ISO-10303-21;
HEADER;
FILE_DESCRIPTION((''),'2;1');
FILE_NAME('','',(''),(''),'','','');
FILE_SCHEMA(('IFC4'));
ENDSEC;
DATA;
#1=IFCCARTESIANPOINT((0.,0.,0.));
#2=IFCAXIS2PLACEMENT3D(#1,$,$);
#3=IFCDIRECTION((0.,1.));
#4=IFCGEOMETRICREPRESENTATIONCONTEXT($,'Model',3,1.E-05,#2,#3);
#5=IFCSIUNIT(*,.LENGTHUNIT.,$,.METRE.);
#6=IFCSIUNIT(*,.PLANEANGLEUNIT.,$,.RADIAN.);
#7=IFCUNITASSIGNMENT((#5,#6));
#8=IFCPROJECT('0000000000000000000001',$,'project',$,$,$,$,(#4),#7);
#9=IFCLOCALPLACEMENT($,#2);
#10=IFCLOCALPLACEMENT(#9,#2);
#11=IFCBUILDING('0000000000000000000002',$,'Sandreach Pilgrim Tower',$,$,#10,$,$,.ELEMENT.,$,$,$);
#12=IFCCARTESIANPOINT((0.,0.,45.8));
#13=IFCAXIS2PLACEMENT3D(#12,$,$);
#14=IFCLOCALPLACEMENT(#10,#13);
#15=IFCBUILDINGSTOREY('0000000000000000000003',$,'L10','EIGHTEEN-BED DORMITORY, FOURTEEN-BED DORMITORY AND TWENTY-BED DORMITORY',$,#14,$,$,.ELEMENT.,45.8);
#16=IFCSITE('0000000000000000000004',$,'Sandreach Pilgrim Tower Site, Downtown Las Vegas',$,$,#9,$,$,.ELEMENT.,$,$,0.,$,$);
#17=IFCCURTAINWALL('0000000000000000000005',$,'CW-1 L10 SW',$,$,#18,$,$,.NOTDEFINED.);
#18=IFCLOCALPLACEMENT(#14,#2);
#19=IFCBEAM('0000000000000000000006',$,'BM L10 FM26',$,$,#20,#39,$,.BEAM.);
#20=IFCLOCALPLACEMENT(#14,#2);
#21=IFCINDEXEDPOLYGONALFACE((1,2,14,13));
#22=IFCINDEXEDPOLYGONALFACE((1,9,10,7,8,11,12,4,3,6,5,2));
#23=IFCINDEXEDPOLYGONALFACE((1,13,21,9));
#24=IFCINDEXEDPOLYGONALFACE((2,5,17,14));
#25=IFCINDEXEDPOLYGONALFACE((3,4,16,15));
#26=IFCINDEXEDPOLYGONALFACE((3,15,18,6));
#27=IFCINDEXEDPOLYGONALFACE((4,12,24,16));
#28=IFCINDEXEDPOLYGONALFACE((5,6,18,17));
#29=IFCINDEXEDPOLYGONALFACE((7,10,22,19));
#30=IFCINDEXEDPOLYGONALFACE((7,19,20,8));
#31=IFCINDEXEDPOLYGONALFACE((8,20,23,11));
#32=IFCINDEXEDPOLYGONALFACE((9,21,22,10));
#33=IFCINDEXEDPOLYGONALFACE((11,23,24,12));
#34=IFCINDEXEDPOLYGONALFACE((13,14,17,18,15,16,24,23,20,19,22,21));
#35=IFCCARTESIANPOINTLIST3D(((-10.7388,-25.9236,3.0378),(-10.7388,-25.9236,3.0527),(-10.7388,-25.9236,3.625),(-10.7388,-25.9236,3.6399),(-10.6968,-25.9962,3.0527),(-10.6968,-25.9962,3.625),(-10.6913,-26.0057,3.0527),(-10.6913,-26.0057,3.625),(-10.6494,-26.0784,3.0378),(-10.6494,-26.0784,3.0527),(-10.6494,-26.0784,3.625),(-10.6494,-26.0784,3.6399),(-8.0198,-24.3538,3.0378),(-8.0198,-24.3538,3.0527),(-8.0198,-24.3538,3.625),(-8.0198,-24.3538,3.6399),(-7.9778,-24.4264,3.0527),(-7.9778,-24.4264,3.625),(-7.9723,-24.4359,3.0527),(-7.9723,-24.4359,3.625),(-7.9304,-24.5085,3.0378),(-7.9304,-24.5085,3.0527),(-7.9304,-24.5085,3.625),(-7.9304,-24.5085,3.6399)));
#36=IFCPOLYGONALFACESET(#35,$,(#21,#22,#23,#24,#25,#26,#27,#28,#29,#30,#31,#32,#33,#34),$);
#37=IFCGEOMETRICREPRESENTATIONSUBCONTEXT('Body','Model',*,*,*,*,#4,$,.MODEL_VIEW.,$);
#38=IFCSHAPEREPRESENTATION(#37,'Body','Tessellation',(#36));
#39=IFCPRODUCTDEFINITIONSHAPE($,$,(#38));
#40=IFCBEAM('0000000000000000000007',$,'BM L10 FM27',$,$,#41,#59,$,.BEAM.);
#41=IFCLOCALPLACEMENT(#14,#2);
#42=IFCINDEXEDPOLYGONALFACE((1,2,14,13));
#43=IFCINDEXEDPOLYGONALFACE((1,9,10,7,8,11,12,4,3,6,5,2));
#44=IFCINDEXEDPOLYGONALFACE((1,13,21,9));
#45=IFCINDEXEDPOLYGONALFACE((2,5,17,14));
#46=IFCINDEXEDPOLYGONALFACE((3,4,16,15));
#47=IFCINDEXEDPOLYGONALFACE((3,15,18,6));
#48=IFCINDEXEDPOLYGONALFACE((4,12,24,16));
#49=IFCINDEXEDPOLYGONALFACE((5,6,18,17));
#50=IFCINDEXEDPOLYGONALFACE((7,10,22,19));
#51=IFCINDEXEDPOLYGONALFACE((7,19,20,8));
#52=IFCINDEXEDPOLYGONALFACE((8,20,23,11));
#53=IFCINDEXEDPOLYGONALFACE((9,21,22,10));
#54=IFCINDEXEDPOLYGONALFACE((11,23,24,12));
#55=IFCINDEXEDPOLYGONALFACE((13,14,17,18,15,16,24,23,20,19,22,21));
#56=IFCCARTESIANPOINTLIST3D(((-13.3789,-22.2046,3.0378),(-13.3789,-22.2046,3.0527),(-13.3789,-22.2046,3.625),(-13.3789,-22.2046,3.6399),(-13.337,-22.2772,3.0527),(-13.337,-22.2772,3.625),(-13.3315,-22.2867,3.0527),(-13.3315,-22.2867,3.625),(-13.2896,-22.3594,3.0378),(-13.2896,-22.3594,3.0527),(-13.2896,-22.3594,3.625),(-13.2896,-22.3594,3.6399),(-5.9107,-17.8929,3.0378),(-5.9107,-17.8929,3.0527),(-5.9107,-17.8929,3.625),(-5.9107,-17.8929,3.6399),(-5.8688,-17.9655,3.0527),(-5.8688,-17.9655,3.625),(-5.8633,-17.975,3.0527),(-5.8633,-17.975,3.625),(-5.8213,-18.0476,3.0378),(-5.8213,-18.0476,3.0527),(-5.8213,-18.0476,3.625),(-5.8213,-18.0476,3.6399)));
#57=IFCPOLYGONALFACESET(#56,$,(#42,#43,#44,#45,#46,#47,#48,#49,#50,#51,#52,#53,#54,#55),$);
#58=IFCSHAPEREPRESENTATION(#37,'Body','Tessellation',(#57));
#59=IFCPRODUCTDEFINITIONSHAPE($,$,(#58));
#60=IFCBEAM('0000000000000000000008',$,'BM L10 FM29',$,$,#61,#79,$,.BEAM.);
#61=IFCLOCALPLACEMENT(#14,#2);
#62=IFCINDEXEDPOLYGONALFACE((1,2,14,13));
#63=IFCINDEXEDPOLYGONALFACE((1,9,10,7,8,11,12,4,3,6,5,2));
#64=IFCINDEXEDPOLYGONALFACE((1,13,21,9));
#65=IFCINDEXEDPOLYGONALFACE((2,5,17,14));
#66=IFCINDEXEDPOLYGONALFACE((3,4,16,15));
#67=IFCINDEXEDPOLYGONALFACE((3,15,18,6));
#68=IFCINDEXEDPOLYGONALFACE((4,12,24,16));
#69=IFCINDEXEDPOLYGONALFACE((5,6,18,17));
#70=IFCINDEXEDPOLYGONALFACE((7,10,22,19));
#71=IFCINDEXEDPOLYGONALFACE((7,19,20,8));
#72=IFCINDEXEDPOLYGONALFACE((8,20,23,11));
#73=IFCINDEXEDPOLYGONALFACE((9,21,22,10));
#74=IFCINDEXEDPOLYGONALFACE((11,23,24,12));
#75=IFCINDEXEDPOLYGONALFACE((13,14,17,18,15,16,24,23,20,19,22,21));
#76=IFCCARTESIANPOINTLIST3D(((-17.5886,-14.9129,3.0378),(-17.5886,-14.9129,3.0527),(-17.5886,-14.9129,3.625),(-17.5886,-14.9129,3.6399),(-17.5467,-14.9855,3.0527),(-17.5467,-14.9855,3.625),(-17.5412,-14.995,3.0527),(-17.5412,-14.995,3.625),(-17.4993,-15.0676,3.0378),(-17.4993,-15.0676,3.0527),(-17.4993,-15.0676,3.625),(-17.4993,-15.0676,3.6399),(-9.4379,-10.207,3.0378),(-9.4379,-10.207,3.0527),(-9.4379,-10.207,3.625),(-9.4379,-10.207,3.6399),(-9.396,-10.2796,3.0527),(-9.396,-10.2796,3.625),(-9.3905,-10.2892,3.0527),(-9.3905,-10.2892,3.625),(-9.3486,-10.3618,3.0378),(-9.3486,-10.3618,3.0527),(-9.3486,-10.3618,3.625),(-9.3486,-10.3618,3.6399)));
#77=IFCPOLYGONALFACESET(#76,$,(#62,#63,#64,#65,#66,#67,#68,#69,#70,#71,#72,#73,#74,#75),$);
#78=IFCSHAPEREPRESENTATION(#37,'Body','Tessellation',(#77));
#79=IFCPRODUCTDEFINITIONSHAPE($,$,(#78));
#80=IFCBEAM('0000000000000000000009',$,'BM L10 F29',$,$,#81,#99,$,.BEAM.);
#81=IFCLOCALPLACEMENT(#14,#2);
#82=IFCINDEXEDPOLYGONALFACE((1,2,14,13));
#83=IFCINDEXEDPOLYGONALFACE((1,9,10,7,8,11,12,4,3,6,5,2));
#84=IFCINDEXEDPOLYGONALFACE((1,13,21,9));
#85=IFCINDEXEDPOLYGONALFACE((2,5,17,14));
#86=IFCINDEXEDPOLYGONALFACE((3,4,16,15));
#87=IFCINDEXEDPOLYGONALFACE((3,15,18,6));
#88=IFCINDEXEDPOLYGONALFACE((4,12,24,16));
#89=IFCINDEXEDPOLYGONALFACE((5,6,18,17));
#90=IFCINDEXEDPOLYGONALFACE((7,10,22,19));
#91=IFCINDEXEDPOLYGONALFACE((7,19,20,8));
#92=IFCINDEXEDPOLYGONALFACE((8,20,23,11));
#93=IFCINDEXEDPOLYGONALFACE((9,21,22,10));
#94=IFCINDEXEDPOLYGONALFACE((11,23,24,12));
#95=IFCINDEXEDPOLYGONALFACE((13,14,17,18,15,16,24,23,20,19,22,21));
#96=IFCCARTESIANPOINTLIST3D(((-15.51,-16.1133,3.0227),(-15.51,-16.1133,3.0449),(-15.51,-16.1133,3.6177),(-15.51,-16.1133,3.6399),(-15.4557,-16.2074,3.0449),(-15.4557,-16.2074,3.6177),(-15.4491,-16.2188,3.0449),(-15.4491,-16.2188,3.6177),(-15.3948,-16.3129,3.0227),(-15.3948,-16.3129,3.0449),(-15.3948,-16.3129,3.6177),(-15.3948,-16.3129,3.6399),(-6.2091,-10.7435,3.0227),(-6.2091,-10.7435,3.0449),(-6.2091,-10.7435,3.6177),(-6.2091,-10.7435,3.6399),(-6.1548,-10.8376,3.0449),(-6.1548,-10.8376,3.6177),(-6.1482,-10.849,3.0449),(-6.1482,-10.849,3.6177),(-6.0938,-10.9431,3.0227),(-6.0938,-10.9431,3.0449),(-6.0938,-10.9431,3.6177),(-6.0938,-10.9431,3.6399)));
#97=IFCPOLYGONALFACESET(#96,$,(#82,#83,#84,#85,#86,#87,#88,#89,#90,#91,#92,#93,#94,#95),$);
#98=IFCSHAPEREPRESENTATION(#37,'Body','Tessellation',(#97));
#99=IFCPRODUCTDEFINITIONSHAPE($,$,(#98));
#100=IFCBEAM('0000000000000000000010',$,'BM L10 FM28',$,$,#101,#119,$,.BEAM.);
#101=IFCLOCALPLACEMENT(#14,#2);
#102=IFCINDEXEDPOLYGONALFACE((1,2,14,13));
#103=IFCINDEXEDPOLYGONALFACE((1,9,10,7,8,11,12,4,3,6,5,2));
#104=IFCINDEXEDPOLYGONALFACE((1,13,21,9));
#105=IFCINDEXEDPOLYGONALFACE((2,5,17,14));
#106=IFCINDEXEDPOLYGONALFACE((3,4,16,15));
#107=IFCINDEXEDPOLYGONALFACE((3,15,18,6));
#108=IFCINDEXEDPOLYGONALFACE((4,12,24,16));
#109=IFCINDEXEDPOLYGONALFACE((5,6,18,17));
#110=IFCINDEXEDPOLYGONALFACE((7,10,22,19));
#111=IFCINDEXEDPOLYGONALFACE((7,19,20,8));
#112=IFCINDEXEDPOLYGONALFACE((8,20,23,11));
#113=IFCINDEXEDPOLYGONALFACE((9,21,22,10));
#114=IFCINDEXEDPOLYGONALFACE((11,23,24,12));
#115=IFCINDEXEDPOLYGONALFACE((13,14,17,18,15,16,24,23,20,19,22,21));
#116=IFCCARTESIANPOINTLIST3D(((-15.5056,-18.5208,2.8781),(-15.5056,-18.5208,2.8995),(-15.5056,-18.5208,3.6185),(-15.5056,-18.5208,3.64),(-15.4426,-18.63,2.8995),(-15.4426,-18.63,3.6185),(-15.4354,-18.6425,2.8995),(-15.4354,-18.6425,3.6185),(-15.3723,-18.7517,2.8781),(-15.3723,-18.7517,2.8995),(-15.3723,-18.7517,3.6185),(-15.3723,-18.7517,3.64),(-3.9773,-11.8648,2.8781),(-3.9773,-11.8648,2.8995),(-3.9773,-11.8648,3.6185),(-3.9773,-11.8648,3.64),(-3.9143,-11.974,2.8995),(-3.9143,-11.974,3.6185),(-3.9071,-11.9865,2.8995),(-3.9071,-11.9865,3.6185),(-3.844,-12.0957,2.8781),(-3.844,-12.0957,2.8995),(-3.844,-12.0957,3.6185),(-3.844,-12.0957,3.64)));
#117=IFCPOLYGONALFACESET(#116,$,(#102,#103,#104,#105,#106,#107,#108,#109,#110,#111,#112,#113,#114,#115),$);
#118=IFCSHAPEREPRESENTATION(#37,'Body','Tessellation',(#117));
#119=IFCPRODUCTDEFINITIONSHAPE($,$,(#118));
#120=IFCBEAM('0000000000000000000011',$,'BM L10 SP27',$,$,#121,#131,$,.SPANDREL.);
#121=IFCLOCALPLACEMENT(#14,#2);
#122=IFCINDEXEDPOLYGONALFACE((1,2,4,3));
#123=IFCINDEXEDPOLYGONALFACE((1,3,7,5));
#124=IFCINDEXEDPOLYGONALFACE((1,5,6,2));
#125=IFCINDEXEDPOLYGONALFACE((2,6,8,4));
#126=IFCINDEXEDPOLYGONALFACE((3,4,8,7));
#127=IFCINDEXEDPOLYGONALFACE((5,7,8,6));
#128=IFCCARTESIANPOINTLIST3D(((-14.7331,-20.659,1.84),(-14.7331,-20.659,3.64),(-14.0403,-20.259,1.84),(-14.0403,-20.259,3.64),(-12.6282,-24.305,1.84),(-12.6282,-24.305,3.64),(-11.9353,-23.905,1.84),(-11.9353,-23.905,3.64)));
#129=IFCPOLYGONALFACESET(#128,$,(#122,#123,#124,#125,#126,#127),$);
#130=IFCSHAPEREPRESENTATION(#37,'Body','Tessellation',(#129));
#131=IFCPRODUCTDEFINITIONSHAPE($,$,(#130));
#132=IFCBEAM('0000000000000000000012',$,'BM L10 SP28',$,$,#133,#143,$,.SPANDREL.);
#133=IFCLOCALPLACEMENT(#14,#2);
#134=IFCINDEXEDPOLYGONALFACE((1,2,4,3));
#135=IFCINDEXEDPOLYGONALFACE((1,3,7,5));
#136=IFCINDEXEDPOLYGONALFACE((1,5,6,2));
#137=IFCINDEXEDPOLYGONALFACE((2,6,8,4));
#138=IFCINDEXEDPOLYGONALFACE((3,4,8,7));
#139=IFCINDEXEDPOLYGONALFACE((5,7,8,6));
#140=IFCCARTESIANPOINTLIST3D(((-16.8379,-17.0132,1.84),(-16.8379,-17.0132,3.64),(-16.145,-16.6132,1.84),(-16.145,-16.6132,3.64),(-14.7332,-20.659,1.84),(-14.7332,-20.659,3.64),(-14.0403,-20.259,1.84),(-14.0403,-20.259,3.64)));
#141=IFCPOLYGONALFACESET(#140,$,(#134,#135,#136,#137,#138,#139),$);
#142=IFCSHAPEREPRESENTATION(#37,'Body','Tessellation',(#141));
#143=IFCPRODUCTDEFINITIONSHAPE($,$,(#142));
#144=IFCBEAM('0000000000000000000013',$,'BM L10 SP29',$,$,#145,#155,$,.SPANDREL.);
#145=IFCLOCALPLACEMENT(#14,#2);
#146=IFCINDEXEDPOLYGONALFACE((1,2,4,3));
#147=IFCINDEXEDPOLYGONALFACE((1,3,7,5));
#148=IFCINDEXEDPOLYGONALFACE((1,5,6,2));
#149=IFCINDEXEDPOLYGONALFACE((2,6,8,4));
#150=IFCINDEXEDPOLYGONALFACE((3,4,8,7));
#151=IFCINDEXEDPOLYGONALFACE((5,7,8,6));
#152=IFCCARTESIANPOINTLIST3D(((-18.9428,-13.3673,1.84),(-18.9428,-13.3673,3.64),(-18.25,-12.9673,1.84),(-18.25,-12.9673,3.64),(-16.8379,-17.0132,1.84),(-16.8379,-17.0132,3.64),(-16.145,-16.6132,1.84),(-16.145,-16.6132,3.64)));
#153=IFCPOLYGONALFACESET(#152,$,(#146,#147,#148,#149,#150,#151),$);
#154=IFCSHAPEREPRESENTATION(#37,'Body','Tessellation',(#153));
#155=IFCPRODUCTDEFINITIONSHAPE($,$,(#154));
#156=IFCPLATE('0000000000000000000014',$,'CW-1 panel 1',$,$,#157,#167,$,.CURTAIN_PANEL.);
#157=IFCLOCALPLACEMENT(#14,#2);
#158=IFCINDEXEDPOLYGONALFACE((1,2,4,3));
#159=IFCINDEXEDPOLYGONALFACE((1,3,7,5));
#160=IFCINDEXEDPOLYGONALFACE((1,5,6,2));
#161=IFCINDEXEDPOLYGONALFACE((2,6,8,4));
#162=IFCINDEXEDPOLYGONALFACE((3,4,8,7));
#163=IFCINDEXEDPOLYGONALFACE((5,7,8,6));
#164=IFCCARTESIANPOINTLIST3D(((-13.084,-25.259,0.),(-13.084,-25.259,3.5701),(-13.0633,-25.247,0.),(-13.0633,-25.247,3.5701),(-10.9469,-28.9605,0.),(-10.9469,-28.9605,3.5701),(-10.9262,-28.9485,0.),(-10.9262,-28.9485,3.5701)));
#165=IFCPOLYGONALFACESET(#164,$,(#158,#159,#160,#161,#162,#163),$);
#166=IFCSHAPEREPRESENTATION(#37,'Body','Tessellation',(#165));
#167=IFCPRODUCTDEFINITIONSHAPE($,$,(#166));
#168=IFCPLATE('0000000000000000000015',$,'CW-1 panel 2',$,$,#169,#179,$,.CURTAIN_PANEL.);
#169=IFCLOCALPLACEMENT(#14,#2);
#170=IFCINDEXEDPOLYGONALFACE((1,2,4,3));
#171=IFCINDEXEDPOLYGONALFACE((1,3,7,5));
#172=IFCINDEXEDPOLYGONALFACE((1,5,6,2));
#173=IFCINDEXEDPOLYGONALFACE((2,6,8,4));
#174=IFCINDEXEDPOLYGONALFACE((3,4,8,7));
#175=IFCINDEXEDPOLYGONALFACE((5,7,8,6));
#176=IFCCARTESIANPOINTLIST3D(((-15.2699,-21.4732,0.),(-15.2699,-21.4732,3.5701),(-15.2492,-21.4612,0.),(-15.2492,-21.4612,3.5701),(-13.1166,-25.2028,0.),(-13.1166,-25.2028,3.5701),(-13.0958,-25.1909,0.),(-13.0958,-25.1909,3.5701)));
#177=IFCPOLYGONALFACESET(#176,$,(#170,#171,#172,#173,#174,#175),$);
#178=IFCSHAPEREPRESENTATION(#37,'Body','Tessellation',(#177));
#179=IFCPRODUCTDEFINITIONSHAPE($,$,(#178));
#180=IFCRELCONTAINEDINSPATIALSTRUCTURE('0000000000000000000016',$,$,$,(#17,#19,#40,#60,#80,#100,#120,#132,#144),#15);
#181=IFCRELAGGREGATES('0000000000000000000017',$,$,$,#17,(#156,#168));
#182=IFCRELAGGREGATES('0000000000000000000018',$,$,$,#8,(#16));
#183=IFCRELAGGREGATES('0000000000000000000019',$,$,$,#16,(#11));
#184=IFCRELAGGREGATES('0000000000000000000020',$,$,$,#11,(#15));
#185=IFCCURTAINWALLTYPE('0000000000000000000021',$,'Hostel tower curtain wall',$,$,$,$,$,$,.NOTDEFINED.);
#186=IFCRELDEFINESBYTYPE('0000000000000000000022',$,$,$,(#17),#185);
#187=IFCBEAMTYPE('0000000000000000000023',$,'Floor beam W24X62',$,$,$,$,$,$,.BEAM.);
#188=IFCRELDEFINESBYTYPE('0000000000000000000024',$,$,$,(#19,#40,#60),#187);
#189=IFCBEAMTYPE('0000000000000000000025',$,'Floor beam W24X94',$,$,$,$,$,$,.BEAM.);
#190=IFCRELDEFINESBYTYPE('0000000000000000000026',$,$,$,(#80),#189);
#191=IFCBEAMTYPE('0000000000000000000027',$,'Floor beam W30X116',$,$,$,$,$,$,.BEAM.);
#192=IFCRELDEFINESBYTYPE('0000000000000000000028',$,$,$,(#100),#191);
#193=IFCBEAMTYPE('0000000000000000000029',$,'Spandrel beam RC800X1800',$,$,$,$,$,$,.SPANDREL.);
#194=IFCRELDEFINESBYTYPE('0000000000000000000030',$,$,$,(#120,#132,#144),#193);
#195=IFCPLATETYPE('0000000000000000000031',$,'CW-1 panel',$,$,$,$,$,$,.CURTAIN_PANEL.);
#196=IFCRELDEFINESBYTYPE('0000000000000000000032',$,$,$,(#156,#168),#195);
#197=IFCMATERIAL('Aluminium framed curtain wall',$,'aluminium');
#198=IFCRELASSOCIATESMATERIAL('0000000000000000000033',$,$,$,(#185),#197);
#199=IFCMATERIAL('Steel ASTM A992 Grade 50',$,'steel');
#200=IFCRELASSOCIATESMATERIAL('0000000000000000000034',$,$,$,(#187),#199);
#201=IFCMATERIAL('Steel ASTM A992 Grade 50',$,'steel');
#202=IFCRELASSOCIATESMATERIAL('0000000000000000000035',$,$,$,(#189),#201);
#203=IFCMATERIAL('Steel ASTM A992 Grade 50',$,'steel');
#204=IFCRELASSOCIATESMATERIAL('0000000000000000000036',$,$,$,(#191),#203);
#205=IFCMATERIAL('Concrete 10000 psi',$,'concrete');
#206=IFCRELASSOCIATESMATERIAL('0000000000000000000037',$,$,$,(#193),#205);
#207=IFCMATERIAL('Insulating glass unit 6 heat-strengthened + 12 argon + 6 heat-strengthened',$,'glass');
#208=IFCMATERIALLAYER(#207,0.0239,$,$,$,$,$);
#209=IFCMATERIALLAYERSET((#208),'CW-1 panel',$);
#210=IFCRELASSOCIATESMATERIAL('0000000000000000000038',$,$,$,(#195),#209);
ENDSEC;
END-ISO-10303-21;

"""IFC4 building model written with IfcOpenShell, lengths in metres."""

from ifc_helpers import new_model, si_unit, direction, frame, origin, origin_2d, place, context, subcontext, project, spatial, rectangle, i_section, extrude, material, layer, layer_set, material_profile, profile_set, type_object, element, aggregate, save


model = new_model("IFC4")

# Units and contexts
model_context = context("Model", 3, precision=1e-05, world=origin(), true_north=direction((0.0, 1.0)))
body_context = subcontext(model_context, "Body", "Model", "MODEL_VIEW")
ifc_project = project(units=[si_unit("LENGTHUNIT", "METRE"), si_unit("PLANEANGLEUNIT", "RADIAN")], contexts=[model_context])

# Site, building, storey
site_placement = place(None, origin())
site = spatial("IfcSite", under=ifc_project, at=site_placement, Name="Sandreach Pilgrim Tower Site, Downtown Las Vegas", CompositionType="ELEMENT", RefElevation=0.0)
building_placement = place(site_placement, origin())
building = spatial("IfcBuilding", under=site, at=building_placement, Name="Sandreach Pilgrim Tower", CompositionType="ELEMENT")
storey_placement = place(building_placement, frame((0.0, 0.0, 45.8)))
storey = spatial("IfcBuildingStorey", under=building, at=storey_placement, Name="L10", Description="EIGHTEEN-BED DORMITORY, FOURTEEN-BED DORMITORY AND TWENTY-BED DORMITORY", CompositionType="ELEMENT", Elevation=45.8)

# Curtain wall
ifc_material_1 = material(Name="Aluminium framed curtain wall", Category="aluminium")
curtain_wall_type = type_object("IfcCurtainWallType", Name="Hostel tower curtain wall", PredefinedType="NOTDEFINED", material=ifc_material_1)
curtain_wall_placement = place(storey_placement, origin())
curtain_wall = element("IfcCurtainWall", 1, at=curtain_wall_placement, inside=storey, type_object=curtain_wall_type, Name="CW-1 L10 SW", PredefinedType="NOTDEFINED")

# Beams
ifc_material_2 = material(Name="Steel ASTM A992 Grade 50", Category="steel")
ifc_material_profile_1 = material_profile(ifc_material_2, i_section(OverallWidth=0.1787, OverallDepth=0.6021, WebThickness=0.011, FlangeThickness=0.0149, at=origin_2d()), Name="W24X62")
ifc_profile_set_1 = profile_set([ifc_material_profile_1], Name="Steel ASTM A992 Grade 50")
beam_type_1 = type_object("IfcBeamType", Name="Floor beam W24X62", PredefinedType="BEAM", material=ifc_profile_set_1)
beam_1_placement = place(storey_placement, frame((-10.6941, -26.001, 3.3389), z_axis=(0.866024, 0.500003, 0.0), x_axis=(-0.500003, 0.866024, 0.0)))
element("IfcBeam", 2, at=beam_1_placement, inside=storey, type_object=beam_type_1, Name="BM L10 FM26", PredefinedType="BEAM", context=body_context, shape_type="SweptSolid", body=[
    extrude(i_section(OverallWidth=0.1787, OverallDepth=0.6021, WebThickness=0.011, FlangeThickness=0.0149, at=origin_2d()), origin(), (0.0, 0.0, 1.0), 3.1396),
])
beam_2_placement = place(storey_placement, frame((-13.3342, -22.282, 3.3389), z_axis=(0.866027, 0.499997, 0.0), x_axis=(-0.499997, 0.866027, 0.0)))
element("IfcBeam", 3, at=beam_2_placement, inside=storey, type_object=beam_type_1, Name="BM L10 FM27", PredefinedType="BEAM", context=body_context, shape_type="SweptSolid", body=[
    extrude(i_section(OverallWidth=0.1787, OverallDepth=0.6021, WebThickness=0.011, FlangeThickness=0.0149, at=origin_2d()), origin(), (0.0, 0.0, 1.0), 8.6235),
])
beam_3_placement = place(storey_placement, frame((-17.5439, -14.9902, 3.3389), z_axis=(0.866024, 0.500003, 0.0), x_axis=(-0.500003, 0.866024, 0.0)))
element("IfcBeam", 4, at=beam_3_placement, inside=storey, type_object=beam_type_1, Name="BM L10 FM29", PredefinedType="BEAM", context=body_context, shape_type="SweptSolid", body=[
    extrude(i_section(OverallWidth=0.1787, OverallDepth=0.6021, WebThickness=0.011, FlangeThickness=0.0149, at=origin_2d()), origin(), (0.0, 0.0, 1.0), 9.4116),
])
ifc_material_3 = material(Name="Steel ASTM A992 Grade 50", Category="steel")
ifc_material_profile_2 = material_profile(ifc_material_3, i_section(OverallWidth=0.2305, OverallDepth=0.6172, WebThickness=0.0132, FlangeThickness=0.0222, at=origin_2d()), Name="W24X94")
ifc_profile_set_2 = profile_set([ifc_material_profile_2], Name="Steel ASTM A992 Grade 50")
beam_type_2 = type_object("IfcBeamType", Name="Floor beam W24X94", PredefinedType="BEAM", material=ifc_profile_set_2)
beam_4_placement = place(storey_placement, frame((-15.4524, -16.2131, 3.3313), z_axis=(0.866028, 0.499995, 0.0), x_axis=(-0.499995, 0.866028, 0.0)))
element("IfcBeam", 5, at=beam_4_placement, inside=storey, type_object=beam_type_2, Name="BM L10 F29", PredefinedType="BEAM", context=body_context, shape_type="SweptSolid", body=[
    extrude(i_section(OverallWidth=0.2305, OverallDepth=0.6172, WebThickness=0.0132, FlangeThickness=0.0222, at=origin_2d()), origin(), (0.0, 0.0, 1.0), 10.7397),
])
ifc_material_4 = material(Name="Steel ASTM A992 Grade 50", Category="steel")
ifc_material_profile_3 = material_profile(ifc_material_4, i_section(OverallWidth=0.2666, OverallDepth=0.762, WebThickness=0.0144, FlangeThickness=0.0215, at=origin_2d()), Name="W30X116")
ifc_profile_set_3 = profile_set([ifc_material_profile_3], Name="Steel ASTM A992 Grade 50")
beam_type_3 = type_object("IfcBeamType", Name="Floor beam W30X116", PredefinedType="BEAM", material=ifc_profile_set_3)
beam_5_placement = place(storey_placement, frame((-15.439, -18.6362, 3.259), z_axis=(0.866021, 0.500007, 0.0), x_axis=(-0.500007, 0.866021, 0.0)))
element("IfcBeam", 6, at=beam_5_placement, inside=storey, type_object=beam_type_3, Name="BM L10 FM28", PredefinedType="BEAM", context=body_context, shape_type="SweptSolid", body=[
    extrude(i_section(OverallWidth=0.2666, OverallDepth=0.762, WebThickness=0.0144, FlangeThickness=0.0215, at=origin_2d()), origin(), (0.0, 0.0, 1.0), 13.3118),
])
ifc_material_5 = material(Name="Concrete 10000 psi", Category="concrete")
ifc_material_profile_4 = material_profile(ifc_material_5, rectangle(XDim=0.8, YDim=1.8, at=origin_2d()), Name="RC800X1800")
ifc_profile_set_4 = profile_set([ifc_material_profile_4], Name="Concrete 10000 psi")
beam_type_4 = type_object("IfcBeamType", Name="Spandrel beam RC800X1800", PredefinedType="SPANDREL", material=ifc_profile_set_4)
beam_6_placement = place(storey_placement, frame((-12.2817, -24.105, 2.74), z_axis=(-0.499994, 0.866029, 0.0), x_axis=(-0.866029, -0.499994, 0.0)))
element("IfcBeam", 7, at=beam_6_placement, inside=storey, type_object=beam_type_4, Name="BM L10 SP27", PredefinedType="SPANDREL", context=body_context, shape_type="SweptSolid", body=[
    extrude(rectangle(XDim=0.8, YDim=1.8, at=origin_2d()), origin(), (0.0, 0.0, 1.0), 4.21),
])
beam_7_placement = place(storey_placement, frame((-14.3867, -20.459, 2.74), z_axis=(-0.499975, 0.86604, 0.0), x_axis=(-0.86604, -0.499975, 0.0)))
element("IfcBeam", 8, at=beam_7_placement, inside=storey, type_object=beam_type_4, Name="BM L10 SP28", PredefinedType="SPANDREL", context=body_context, shape_type="SweptSolid", body=[
    extrude(rectangle(XDim=0.8, YDim=1.8, at=origin_2d()), origin(), (0.0, 0.0, 1.0), 4.2097),
])
beam_8_placement = place(storey_placement, frame((-16.4915, -16.8132, 2.74), z_axis=(-0.499994, 0.866029, 0.0), x_axis=(-0.866029, -0.499994, 0.0)))
element("IfcBeam", 9, at=beam_8_placement, inside=storey, type_object=beam_type_4, Name="BM L10 SP29", PredefinedType="SPANDREL", context=body_context, shape_type="SweptSolid", body=[
    extrude(rectangle(XDim=0.8, YDim=1.8, at=origin_2d()), origin(), (0.0, 0.0, 1.0), 4.21),
])

# Plates
ifc_material_6 = material(Name="Insulating glass unit 6 heat-strengthened + 12 argon + 6 heat-strengthened", Category="glass")
ifc_layer_1 = layer(ifc_material_6, 0.0239)
ifc_layer_set_1 = layer_set([ifc_layer_1], Name="CW-1 panel")
plate_type = type_object("IfcPlateType", Name="CW-1 panel", PredefinedType="CURTAIN_PANEL", material=ifc_layer_set_1)
plate_1_placement = place(storey_placement, frame((-12.0051, -27.1038, 0.0), z_axis=(0.0, 0.0, 1.0), x_axis=(-0.5, 0.866025, 0.0)))
plate_1 = element("IfcPlate", 10, at=plate_1_placement, type_object=plate_type, Name="CW-1 panel 1", PredefinedType="CURTAIN_PANEL", context=body_context, shape_type="SweptSolid", body=[
    extrude(rectangle(XDim=4.2742, YDim=0.0239, at=origin_2d()), origin(), (0.0, 0.0, 1.0), 3.5701),
])
plate_2_placement = place(storey_placement, frame((-14.1829, -23.332, 0.0), z_axis=(0.0, 0.0, 1.0), x_axis=(-0.5, 0.866025, 0.0)))
plate_2 = element("IfcPlate", 11, at=plate_2_placement, type_object=plate_type, Name="CW-1 panel 2", PredefinedType="CURTAIN_PANEL", context=body_context, shape_type="SweptSolid", body=[
    extrude(rectangle(XDim=4.3066, YDim=0.0239, at=origin_2d()), origin(), (0.0, 0.0, 1.0), 3.5701),
])
aggregate(curtain_wall, [plate_1, plate_2])

save(model, "model.ifc")
